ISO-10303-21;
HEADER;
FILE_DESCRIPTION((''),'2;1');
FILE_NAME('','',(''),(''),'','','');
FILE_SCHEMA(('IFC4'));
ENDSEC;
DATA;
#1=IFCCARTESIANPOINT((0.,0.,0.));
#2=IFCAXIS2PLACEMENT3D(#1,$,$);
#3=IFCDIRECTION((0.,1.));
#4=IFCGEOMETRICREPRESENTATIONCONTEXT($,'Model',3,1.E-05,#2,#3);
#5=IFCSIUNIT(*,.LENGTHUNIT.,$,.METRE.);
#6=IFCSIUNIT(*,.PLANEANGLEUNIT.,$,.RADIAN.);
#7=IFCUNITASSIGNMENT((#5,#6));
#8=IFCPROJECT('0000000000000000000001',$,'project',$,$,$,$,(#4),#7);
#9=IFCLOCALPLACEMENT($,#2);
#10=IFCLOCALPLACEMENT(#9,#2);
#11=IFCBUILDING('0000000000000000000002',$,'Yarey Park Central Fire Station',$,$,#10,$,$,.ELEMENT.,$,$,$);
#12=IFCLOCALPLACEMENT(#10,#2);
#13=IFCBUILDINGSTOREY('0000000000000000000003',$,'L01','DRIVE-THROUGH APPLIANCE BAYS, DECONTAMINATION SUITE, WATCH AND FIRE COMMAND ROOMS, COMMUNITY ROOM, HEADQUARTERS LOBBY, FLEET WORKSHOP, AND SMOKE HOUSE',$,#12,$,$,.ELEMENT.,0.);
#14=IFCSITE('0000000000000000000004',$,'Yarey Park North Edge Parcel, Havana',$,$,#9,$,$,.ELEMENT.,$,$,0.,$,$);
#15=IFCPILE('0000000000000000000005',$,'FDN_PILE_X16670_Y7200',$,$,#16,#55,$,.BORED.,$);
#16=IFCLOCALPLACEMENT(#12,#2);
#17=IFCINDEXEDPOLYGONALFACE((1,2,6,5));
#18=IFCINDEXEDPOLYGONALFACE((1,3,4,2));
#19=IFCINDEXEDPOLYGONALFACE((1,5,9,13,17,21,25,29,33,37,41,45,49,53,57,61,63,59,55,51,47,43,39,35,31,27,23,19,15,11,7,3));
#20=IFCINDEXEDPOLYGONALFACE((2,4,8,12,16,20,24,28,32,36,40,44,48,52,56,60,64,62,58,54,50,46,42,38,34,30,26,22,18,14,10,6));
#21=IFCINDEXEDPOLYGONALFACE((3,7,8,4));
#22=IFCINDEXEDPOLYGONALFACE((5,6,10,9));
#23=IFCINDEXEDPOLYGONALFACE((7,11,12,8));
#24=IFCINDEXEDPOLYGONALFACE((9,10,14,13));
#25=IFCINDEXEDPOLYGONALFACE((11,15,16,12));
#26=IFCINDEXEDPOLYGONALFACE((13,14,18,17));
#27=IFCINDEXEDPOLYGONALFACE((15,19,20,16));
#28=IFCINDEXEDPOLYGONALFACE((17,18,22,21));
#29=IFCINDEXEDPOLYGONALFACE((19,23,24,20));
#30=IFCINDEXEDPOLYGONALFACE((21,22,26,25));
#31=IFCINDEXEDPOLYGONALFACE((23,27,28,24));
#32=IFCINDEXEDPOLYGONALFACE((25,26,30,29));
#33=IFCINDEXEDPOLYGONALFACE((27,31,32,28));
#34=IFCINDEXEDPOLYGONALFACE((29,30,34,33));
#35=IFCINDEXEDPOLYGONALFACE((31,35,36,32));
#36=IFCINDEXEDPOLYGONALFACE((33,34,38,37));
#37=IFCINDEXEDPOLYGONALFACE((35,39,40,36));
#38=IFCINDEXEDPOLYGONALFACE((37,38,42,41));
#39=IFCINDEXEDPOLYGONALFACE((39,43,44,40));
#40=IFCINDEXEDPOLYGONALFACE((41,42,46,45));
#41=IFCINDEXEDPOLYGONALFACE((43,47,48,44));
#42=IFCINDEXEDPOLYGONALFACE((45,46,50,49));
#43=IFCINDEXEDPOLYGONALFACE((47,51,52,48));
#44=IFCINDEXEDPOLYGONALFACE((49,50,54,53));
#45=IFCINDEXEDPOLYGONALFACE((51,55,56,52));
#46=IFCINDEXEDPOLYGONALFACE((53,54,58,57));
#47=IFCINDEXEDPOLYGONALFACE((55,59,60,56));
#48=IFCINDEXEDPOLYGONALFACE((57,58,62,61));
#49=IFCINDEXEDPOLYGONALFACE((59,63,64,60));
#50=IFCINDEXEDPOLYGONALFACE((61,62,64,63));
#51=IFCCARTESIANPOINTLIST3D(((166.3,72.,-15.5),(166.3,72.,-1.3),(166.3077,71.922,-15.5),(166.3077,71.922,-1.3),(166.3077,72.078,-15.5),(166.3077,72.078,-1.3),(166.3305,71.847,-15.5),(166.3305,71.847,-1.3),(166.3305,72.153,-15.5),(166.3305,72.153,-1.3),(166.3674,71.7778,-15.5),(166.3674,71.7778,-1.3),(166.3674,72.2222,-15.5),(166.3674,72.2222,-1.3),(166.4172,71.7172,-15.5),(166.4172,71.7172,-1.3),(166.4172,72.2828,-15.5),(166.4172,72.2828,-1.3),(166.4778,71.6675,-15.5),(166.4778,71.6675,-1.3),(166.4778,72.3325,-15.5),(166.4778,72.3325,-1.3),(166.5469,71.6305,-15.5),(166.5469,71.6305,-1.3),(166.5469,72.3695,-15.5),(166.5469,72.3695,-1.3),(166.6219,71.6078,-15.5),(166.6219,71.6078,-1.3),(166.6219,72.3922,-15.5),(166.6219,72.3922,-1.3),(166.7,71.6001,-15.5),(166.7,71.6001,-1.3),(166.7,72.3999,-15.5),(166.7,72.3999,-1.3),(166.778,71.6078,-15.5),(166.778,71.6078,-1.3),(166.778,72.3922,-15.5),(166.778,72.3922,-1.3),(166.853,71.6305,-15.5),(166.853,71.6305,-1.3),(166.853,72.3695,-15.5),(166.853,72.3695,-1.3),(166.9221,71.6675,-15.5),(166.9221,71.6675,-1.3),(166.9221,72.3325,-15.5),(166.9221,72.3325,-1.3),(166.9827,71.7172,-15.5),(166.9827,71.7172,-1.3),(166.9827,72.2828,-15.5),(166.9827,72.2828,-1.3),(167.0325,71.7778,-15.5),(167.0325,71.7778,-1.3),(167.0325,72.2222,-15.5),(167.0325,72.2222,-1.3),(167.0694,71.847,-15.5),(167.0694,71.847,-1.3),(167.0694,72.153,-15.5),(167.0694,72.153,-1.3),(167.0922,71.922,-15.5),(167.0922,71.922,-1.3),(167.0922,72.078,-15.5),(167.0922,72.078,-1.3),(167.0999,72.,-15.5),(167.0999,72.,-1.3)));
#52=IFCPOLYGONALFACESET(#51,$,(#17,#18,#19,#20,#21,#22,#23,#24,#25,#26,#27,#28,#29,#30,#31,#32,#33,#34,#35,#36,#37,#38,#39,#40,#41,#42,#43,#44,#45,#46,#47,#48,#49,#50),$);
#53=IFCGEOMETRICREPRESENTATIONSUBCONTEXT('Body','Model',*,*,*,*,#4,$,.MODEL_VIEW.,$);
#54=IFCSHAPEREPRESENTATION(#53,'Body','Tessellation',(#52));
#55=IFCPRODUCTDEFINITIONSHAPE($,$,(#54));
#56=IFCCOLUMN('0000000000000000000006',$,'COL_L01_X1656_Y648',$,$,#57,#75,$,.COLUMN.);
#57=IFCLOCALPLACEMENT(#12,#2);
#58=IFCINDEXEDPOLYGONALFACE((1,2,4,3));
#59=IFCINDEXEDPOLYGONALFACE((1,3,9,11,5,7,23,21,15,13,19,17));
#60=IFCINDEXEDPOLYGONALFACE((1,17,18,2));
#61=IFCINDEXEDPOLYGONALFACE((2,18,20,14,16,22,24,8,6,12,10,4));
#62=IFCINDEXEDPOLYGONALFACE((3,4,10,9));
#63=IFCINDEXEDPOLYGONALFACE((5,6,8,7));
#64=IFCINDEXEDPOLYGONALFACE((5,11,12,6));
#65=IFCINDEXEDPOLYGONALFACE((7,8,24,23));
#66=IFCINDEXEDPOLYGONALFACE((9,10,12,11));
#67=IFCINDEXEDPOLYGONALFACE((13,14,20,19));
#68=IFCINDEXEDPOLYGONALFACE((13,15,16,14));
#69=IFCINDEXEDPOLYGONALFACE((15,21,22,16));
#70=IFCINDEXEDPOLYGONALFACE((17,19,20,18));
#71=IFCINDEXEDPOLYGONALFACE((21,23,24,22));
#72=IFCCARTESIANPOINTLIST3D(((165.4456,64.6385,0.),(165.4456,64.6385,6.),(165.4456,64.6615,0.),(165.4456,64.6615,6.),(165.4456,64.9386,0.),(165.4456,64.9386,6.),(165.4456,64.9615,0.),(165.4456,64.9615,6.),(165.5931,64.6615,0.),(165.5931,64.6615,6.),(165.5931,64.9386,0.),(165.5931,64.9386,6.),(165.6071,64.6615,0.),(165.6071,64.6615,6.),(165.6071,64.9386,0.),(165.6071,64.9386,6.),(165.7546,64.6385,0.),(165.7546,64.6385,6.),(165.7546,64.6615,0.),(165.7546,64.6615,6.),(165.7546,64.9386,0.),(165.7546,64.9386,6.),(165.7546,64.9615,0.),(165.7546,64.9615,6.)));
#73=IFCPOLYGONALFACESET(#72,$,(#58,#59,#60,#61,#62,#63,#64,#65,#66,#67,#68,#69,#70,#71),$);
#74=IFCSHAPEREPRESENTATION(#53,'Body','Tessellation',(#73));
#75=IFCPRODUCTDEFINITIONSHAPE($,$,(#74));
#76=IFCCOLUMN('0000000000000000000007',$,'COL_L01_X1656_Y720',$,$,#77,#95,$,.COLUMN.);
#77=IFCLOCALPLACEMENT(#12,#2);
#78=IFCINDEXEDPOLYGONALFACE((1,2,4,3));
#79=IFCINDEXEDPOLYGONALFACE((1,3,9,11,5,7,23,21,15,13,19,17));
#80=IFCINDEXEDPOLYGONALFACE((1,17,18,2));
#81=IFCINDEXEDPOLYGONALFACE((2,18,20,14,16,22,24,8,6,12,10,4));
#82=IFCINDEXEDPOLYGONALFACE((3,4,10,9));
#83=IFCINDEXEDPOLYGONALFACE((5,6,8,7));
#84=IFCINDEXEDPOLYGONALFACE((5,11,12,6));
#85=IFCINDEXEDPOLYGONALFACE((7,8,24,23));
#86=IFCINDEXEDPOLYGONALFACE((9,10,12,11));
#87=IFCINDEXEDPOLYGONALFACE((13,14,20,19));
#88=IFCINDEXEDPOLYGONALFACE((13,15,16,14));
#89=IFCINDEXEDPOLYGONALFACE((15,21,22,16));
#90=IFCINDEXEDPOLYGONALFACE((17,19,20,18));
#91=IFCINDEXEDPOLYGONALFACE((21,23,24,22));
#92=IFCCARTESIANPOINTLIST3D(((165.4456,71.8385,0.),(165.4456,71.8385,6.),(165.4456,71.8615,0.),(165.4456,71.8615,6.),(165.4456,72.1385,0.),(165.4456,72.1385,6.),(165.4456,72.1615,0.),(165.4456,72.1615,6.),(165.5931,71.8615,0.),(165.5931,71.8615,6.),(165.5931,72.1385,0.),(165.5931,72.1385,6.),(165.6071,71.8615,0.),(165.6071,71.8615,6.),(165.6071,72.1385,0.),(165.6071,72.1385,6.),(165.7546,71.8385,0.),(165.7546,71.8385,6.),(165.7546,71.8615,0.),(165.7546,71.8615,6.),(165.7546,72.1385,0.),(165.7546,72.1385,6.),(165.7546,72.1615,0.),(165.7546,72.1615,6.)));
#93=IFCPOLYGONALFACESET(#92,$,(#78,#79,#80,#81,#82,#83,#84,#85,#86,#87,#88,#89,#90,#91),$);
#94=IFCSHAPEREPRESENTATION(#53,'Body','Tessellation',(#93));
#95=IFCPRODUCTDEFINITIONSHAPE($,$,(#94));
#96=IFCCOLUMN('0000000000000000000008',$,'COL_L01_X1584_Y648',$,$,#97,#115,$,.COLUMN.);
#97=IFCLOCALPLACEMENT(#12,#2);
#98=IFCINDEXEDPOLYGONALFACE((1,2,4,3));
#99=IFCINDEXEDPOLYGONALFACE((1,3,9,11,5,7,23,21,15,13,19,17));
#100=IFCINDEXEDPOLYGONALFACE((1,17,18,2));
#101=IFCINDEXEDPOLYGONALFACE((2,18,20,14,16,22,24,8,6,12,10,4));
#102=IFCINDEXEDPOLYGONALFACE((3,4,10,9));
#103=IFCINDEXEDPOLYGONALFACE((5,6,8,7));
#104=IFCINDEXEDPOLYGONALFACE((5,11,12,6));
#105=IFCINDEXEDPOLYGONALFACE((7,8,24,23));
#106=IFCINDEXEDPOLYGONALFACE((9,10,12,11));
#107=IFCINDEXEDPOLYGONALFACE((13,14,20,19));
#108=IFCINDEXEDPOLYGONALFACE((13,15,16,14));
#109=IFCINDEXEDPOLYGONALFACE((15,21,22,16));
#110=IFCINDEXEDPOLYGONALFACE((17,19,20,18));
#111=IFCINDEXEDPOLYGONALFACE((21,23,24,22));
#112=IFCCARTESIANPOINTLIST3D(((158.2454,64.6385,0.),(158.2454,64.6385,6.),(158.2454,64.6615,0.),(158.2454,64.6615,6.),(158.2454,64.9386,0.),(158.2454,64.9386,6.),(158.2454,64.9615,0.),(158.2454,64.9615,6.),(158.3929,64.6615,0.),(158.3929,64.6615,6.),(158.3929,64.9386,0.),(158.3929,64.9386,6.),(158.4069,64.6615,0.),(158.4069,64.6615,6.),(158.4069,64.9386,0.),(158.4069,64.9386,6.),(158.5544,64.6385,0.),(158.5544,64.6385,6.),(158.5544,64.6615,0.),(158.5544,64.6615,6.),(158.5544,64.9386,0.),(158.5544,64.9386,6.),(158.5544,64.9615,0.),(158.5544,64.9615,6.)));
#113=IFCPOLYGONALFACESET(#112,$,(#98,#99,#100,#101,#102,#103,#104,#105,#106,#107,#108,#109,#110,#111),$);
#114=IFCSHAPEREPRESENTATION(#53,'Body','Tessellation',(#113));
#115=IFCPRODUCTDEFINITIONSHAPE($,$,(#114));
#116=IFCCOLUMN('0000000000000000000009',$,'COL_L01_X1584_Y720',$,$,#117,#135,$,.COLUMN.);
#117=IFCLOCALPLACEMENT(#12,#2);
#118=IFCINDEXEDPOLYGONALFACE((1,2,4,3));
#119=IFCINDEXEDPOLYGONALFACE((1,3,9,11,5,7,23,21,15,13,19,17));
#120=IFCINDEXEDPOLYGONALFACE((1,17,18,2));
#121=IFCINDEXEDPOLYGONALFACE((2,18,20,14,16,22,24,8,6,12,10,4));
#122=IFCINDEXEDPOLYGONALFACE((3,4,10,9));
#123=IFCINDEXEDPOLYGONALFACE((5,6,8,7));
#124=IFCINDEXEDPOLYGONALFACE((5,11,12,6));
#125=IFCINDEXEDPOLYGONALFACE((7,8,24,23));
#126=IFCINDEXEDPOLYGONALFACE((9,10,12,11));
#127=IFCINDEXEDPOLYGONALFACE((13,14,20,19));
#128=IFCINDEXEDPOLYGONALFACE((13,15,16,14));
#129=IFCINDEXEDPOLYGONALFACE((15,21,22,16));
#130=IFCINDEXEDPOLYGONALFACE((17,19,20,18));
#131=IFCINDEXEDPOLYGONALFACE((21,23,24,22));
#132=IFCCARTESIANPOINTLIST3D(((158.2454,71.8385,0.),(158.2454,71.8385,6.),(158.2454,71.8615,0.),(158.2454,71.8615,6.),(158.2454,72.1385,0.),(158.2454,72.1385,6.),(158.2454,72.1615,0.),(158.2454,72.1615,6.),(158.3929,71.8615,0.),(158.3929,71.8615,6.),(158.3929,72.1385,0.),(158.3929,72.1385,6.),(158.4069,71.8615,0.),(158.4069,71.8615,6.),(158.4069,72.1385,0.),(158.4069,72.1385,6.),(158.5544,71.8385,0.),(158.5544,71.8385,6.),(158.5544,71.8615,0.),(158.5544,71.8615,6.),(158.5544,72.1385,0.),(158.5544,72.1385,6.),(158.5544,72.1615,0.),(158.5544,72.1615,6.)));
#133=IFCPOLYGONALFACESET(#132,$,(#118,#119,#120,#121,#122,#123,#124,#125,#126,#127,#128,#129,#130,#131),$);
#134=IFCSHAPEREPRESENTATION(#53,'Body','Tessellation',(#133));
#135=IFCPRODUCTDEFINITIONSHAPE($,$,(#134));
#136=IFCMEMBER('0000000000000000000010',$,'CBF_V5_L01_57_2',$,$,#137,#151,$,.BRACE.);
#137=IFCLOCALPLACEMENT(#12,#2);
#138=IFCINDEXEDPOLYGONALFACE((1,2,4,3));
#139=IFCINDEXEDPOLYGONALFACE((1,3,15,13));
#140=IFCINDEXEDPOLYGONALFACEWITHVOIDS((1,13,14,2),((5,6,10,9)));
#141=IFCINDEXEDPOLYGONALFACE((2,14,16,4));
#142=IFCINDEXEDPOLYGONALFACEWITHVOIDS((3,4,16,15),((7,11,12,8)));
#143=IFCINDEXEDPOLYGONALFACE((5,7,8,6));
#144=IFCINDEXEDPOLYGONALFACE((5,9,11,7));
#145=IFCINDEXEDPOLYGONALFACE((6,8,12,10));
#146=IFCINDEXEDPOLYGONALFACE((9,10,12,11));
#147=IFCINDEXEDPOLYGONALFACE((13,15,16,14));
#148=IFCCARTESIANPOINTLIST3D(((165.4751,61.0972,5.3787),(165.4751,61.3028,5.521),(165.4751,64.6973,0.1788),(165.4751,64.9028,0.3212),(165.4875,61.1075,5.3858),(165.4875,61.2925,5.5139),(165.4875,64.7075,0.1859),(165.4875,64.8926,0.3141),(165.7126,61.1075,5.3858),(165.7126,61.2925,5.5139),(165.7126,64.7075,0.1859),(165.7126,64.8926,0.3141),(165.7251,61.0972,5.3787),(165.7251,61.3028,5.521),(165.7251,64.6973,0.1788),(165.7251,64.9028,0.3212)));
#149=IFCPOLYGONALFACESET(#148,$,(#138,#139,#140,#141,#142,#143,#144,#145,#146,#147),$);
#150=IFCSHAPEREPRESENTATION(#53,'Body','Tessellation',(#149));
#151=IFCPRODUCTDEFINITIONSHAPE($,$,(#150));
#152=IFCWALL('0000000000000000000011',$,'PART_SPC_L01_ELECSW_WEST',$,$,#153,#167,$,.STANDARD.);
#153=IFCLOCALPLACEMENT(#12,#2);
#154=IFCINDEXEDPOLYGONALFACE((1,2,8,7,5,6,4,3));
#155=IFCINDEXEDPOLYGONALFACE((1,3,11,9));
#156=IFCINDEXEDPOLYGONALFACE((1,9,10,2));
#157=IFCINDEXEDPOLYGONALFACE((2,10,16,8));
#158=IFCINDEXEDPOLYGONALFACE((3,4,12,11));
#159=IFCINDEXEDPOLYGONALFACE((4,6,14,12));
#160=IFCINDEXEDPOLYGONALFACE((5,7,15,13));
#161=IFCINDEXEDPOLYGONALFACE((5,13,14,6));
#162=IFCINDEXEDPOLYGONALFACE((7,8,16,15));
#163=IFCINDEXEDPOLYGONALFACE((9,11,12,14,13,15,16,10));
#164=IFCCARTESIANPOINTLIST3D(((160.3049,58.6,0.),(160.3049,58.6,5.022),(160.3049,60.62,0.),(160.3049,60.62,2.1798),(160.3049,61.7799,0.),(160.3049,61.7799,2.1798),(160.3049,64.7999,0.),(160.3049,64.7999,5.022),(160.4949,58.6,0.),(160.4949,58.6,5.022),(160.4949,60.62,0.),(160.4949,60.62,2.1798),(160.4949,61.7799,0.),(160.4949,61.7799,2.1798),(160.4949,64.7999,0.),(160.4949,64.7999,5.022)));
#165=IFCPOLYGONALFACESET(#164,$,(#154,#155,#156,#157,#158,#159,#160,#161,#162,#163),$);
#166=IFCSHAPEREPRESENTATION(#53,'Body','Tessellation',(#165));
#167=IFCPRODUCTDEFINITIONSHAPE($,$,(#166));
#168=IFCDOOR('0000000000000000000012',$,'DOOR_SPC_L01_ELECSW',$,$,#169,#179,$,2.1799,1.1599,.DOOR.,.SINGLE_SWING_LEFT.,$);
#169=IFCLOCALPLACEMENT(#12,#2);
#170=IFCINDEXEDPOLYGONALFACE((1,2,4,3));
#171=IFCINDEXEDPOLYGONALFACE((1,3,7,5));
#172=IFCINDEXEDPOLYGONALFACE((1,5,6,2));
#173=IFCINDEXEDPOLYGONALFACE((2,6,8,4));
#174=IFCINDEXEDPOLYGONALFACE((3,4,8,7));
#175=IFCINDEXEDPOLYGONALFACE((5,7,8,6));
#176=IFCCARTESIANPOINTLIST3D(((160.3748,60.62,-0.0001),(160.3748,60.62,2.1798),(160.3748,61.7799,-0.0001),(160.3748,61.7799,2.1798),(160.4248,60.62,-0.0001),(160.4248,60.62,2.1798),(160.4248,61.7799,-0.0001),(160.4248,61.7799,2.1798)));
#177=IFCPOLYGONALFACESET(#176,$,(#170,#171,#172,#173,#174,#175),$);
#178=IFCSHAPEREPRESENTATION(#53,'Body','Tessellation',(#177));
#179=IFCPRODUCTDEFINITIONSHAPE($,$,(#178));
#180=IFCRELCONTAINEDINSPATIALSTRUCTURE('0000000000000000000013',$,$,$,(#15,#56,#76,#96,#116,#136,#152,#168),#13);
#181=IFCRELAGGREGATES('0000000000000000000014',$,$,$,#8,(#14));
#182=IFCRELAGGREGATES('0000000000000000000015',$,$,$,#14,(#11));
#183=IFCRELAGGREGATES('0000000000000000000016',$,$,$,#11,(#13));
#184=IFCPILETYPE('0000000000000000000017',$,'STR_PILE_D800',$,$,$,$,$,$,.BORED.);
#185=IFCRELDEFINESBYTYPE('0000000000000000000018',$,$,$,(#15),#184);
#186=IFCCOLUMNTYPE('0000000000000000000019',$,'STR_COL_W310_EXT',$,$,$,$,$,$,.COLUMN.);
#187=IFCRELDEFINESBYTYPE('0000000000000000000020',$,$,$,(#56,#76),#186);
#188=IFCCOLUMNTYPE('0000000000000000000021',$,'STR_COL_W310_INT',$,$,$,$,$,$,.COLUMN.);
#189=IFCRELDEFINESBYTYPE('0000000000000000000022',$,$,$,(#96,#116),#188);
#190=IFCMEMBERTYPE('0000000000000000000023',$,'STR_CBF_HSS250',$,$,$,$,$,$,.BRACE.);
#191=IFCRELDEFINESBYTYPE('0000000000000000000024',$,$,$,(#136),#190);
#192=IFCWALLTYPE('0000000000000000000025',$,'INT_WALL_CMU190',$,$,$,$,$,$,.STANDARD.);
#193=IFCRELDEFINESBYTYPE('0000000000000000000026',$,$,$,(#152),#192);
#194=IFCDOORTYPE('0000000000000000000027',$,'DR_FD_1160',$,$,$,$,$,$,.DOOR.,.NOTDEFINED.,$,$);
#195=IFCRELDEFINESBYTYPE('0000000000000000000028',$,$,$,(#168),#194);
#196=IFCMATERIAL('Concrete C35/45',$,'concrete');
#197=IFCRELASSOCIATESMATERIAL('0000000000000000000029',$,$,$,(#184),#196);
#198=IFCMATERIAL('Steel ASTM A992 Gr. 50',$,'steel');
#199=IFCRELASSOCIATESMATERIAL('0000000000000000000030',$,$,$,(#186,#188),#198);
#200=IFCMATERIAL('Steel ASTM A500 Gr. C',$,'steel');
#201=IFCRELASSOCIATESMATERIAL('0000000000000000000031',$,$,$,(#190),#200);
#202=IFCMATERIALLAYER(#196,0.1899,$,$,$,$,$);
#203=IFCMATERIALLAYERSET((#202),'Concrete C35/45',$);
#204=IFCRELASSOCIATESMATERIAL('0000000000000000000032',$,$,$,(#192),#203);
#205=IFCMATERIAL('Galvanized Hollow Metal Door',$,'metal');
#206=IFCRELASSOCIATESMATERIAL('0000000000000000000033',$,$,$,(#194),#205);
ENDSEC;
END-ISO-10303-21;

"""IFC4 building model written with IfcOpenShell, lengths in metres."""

from ifc_helpers import new_model, si_unit, direction, frame, frame_2d, origin, origin_2d, place, context, subcontext, project, spatial, rectangle, hollow_rectangle, circle, i_section, extrude, material, layer, layer_set, material_profile, profile_set, type_object, element, fill, save


model = new_model("IFC4")

# Units and contexts
model_context = context("Model", 3, precision=1e-05, world=origin(), true_north=direction((0.0, 1.0)))
body_context = subcontext(model_context, "Body", "Model", "MODEL_VIEW")
ifc_project = project(units=[si_unit("LENGTHUNIT", "METRE"), si_unit("PLANEANGLEUNIT", "RADIAN")], contexts=[model_context])

# Site, building, storey
site_placement = place(None, origin())
site = spatial("IfcSite", under=ifc_project, at=site_placement, Name="Yarey Park North Edge Parcel, Havana", CompositionType="ELEMENT", RefElevation=0.0)
building_placement = place(site_placement, origin())
building = spatial("IfcBuilding", under=site, at=building_placement, Name="Yarey Park Central Fire Station", CompositionType="ELEMENT")
storey_placement = place(building_placement, origin())
storey = spatial("IfcBuildingStorey", under=building, at=storey_placement, Name="L01", Description="DRIVE-THROUGH APPLIANCE BAYS, DECONTAMINATION SUITE, WATCH AND FIRE COMMAND ROOMS, COMMUNITY ROOM, HEADQUARTERS LOBBY, FLEET WORKSHOP, AND SMOKE HOUSE", CompositionType="ELEMENT", Elevation=0.0)

# Shared definitions
ifc_material_1 = material(Name="Concrete C35/45", Category="concrete")

# Pile
ifc_material_profile_1 = material_profile(ifc_material_1, circle(Radius=0.3999, at=origin_2d()), Name="BORED PILE D800")
ifc_profile_set_1 = profile_set([ifc_material_profile_1], Name="Concrete C35/45")
pile_type = type_object("IfcPileType", Name="STR_PILE_D800", PredefinedType="BORED", material=ifc_profile_set_1)
for number, where, z_axis, x_axis, name in (
    (1, (166.7, 72.0, -1.3), (0.0, 0.0, -1.0), (1.0, 0.0, 0.0), "FDN_PILE_X16670_Y7200"),
):
    element("IfcPile", number, at=place(storey_placement, frame(where, z_axis=z_axis, x_axis=x_axis)), inside=storey, type_object=pile_type, Name=name, PredefinedType="BORED", context=body_context, shape_type="SweptSolid", body=[
        extrude(circle(Radius=0.3999, at=origin_2d()), origin(), (0.0, 0.0, 1.0), 14.2),
    ])

# Columns
ifc_material_2 = material(Name="Steel ASTM A992 Gr. 50", Category="steel")
ifc_material_profile_2 = material_profile(ifc_material_2, i_section(OverallWidth=0.3091, OverallDepth=0.323, WebThickness=0.0139, FlangeThickness=0.0229, at=origin_2d()), Name="W310x143")
ifc_profile_set_2 = profile_set([ifc_material_profile_2], Name="Steel ASTM A992 Gr. 50")
column_type_1 = type_object("IfcColumnType", Name="STR_COL_W310_EXT", PredefinedType="COLUMN", material=ifc_profile_set_2)
for number, where, z_axis, x_axis, name in (
    (2, (165.6001, 64.8, 0.0), (0.0, 0.0, 1.0), (1.0, 0.0, 0.0), "COL_L01_X1656_Y648"),
    (3, (165.6001, 72.0, 0.0), (0.0, 0.0, 1.0), (1.0, 0.0, 0.0), "COL_L01_X1656_Y720"),
):
    element("IfcColumn", number, at=place(storey_placement, frame(where, z_axis=z_axis, x_axis=x_axis)), inside=storey, type_object=column_type_1, Name=name, PredefinedType="COLUMN", context=body_context, shape_type="SweptSolid", body=[
        extrude(i_section(OverallWidth=0.3091, OverallDepth=0.323, WebThickness=0.0139, FlangeThickness=0.0229, at=origin_2d()), origin(), (0.0, 0.0, 1.0), 6.0),
    ])
ifc_material_profile_3 = material_profile(ifc_material_2, i_section(OverallWidth=0.3091, OverallDepth=0.323, WebThickness=0.0139, FlangeThickness=0.0229, at=origin_2d()), Name="W310x143")
ifc_profile_set_3 = profile_set([ifc_material_profile_3], Name="Steel ASTM A992 Gr. 50")
column_type_2 = type_object("IfcColumnType", Name="STR_COL_W310_INT", PredefinedType="COLUMN", material=ifc_profile_set_3)
for number, where, z_axis, x_axis, name in (
    (4, (158.3999, 64.8, 0.0), (0.0, 0.0, 1.0), (1.0, 0.0, 0.0), "COL_L01_X1584_Y648"),
    (5, (158.3999, 72.0, 0.0), (0.0, 0.0, 1.0), (1.0, 0.0, 0.0), "COL_L01_X1584_Y720"),
):
    element("IfcColumn", number, at=place(storey_placement, frame(where, z_axis=z_axis, x_axis=x_axis)), inside=storey, type_object=column_type_2, Name=name, PredefinedType="COLUMN", context=body_context, shape_type="SweptSolid", body=[
        extrude(i_section(OverallWidth=0.3091, OverallDepth=0.323, WebThickness=0.0139, FlangeThickness=0.0229, at=origin_2d()), origin(), (0.0, 0.0, 1.0), 6.0),
    ])

# Member
ifc_material_3 = material(Name="Steel ASTM A500 Gr. C", Category="steel")
ifc_material_profile_4 = material_profile(ifc_material_3, hollow_rectangle(XDim=0.25, YDim=0.25, WallThickness=0.0125, at=origin_2d()), Name="HSS 250x250x12.5")
ifc_profile_set_4 = profile_set([ifc_material_profile_4], Name="Steel ASTM A500 Gr. C")
member_type = type_object("IfcMemberType", Name="STR_CBF_HSS250", PredefinedType="BRACE", material=ifc_profile_set_4)
member_placement = place(storey_placement, frame((165.6001, 64.8, 0.25), z_axis=(0.0, -0.569224, 0.822182), x_axis=(1.0, 0.0, 0.0)))
element("IfcMember", 6, at=member_placement, inside=storey, type_object=member_type, Name="CBF_V5_L01_57_2", PredefinedType="BRACE", context=body_context, shape_type="SweptSolid", body=[
    extrude(hollow_rectangle(XDim=0.25, YDim=0.25, WallThickness=0.0125, at=origin_2d()), origin(), (0.0, 0.0, 1.0), 6.3245),
])

# Wall, opening, door
ifc_layer_1 = layer(ifc_material_1, 0.1899)
ifc_layer_set_1 = layer_set([ifc_layer_1], Name="Concrete C35/45")
wall_type = type_object("IfcWallType", Name="INT_WALL_CMU190", PredefinedType="STANDARD", material=ifc_layer_set_1)
wall_placement = place(storey_placement, frame((160.3999, 64.8, 0.0), z_axis=(0.0, 0.0, 1.0), x_axis=(0.0, -1.0, 0.0)))
wall = element("IfcWall", 7, at=wall_placement, inside=storey, type_object=wall_type, Name="PART_SPC_L01_ELECSW_WEST", PredefinedType="STANDARD", context=body_context, shape_type="SweptSolid", body=[
    extrude(rectangle(XDim=6.2, YDim=0.1899, at=frame_2d((3.1001, 0.0))), origin(), (0.0, 0.0, 1.0), 5.022),
])
opening_placement = place(wall_placement, frame((3.02, 0.0, 0.0)))
opening = element("IfcOpeningElement", 8, at=opening_placement, cuts=wall, PredefinedType="OPENING", context=body_context, shape_type="SweptSolid", body=[
    extrude(rectangle(XDim=1.1599, YDim=2.1799, at=frame_2d((0.5801, 1.0898))), frame((0.0, 0.105, 0.0), z_axis=(0.0, -1.0, 0.0), x_axis=(1.0, 0.0, 0.0)), (0.0, 0.0, 1.0), 0.21),
])
ifc_material_4 = material(Name="Galvanized Hollow Metal Door", Category="metal")
door_type = type_object("IfcDoorType", Name="DR_FD_1160", OperationType="NOTDEFINED", PredefinedType="DOOR", material=ifc_material_4)
door_placement = place(opening_placement, origin())
door = element("IfcDoor", 9, at=door_placement, inside=storey, type_object=door_type, Name="DOOR_SPC_L01_ELECSW", OperationType="SINGLE_SWING_LEFT", OverallHeight=2.1799, OverallWidth=1.1599, PredefinedType="DOOR", context=body_context, shape_type="SweptSolid", body=[
    extrude(rectangle(XDim=1.1599, YDim=2.1799, at=frame_2d((0.5801, 1.0898))), frame((0.0, 0.0249, 0.0), z_axis=(0.0, -1.0, 0.0), x_axis=(1.0, 0.0, 0.0)), (0.0, 0.0, 1.0), 0.05),
])
fill(opening, door)

save(model, "model.ifc")
